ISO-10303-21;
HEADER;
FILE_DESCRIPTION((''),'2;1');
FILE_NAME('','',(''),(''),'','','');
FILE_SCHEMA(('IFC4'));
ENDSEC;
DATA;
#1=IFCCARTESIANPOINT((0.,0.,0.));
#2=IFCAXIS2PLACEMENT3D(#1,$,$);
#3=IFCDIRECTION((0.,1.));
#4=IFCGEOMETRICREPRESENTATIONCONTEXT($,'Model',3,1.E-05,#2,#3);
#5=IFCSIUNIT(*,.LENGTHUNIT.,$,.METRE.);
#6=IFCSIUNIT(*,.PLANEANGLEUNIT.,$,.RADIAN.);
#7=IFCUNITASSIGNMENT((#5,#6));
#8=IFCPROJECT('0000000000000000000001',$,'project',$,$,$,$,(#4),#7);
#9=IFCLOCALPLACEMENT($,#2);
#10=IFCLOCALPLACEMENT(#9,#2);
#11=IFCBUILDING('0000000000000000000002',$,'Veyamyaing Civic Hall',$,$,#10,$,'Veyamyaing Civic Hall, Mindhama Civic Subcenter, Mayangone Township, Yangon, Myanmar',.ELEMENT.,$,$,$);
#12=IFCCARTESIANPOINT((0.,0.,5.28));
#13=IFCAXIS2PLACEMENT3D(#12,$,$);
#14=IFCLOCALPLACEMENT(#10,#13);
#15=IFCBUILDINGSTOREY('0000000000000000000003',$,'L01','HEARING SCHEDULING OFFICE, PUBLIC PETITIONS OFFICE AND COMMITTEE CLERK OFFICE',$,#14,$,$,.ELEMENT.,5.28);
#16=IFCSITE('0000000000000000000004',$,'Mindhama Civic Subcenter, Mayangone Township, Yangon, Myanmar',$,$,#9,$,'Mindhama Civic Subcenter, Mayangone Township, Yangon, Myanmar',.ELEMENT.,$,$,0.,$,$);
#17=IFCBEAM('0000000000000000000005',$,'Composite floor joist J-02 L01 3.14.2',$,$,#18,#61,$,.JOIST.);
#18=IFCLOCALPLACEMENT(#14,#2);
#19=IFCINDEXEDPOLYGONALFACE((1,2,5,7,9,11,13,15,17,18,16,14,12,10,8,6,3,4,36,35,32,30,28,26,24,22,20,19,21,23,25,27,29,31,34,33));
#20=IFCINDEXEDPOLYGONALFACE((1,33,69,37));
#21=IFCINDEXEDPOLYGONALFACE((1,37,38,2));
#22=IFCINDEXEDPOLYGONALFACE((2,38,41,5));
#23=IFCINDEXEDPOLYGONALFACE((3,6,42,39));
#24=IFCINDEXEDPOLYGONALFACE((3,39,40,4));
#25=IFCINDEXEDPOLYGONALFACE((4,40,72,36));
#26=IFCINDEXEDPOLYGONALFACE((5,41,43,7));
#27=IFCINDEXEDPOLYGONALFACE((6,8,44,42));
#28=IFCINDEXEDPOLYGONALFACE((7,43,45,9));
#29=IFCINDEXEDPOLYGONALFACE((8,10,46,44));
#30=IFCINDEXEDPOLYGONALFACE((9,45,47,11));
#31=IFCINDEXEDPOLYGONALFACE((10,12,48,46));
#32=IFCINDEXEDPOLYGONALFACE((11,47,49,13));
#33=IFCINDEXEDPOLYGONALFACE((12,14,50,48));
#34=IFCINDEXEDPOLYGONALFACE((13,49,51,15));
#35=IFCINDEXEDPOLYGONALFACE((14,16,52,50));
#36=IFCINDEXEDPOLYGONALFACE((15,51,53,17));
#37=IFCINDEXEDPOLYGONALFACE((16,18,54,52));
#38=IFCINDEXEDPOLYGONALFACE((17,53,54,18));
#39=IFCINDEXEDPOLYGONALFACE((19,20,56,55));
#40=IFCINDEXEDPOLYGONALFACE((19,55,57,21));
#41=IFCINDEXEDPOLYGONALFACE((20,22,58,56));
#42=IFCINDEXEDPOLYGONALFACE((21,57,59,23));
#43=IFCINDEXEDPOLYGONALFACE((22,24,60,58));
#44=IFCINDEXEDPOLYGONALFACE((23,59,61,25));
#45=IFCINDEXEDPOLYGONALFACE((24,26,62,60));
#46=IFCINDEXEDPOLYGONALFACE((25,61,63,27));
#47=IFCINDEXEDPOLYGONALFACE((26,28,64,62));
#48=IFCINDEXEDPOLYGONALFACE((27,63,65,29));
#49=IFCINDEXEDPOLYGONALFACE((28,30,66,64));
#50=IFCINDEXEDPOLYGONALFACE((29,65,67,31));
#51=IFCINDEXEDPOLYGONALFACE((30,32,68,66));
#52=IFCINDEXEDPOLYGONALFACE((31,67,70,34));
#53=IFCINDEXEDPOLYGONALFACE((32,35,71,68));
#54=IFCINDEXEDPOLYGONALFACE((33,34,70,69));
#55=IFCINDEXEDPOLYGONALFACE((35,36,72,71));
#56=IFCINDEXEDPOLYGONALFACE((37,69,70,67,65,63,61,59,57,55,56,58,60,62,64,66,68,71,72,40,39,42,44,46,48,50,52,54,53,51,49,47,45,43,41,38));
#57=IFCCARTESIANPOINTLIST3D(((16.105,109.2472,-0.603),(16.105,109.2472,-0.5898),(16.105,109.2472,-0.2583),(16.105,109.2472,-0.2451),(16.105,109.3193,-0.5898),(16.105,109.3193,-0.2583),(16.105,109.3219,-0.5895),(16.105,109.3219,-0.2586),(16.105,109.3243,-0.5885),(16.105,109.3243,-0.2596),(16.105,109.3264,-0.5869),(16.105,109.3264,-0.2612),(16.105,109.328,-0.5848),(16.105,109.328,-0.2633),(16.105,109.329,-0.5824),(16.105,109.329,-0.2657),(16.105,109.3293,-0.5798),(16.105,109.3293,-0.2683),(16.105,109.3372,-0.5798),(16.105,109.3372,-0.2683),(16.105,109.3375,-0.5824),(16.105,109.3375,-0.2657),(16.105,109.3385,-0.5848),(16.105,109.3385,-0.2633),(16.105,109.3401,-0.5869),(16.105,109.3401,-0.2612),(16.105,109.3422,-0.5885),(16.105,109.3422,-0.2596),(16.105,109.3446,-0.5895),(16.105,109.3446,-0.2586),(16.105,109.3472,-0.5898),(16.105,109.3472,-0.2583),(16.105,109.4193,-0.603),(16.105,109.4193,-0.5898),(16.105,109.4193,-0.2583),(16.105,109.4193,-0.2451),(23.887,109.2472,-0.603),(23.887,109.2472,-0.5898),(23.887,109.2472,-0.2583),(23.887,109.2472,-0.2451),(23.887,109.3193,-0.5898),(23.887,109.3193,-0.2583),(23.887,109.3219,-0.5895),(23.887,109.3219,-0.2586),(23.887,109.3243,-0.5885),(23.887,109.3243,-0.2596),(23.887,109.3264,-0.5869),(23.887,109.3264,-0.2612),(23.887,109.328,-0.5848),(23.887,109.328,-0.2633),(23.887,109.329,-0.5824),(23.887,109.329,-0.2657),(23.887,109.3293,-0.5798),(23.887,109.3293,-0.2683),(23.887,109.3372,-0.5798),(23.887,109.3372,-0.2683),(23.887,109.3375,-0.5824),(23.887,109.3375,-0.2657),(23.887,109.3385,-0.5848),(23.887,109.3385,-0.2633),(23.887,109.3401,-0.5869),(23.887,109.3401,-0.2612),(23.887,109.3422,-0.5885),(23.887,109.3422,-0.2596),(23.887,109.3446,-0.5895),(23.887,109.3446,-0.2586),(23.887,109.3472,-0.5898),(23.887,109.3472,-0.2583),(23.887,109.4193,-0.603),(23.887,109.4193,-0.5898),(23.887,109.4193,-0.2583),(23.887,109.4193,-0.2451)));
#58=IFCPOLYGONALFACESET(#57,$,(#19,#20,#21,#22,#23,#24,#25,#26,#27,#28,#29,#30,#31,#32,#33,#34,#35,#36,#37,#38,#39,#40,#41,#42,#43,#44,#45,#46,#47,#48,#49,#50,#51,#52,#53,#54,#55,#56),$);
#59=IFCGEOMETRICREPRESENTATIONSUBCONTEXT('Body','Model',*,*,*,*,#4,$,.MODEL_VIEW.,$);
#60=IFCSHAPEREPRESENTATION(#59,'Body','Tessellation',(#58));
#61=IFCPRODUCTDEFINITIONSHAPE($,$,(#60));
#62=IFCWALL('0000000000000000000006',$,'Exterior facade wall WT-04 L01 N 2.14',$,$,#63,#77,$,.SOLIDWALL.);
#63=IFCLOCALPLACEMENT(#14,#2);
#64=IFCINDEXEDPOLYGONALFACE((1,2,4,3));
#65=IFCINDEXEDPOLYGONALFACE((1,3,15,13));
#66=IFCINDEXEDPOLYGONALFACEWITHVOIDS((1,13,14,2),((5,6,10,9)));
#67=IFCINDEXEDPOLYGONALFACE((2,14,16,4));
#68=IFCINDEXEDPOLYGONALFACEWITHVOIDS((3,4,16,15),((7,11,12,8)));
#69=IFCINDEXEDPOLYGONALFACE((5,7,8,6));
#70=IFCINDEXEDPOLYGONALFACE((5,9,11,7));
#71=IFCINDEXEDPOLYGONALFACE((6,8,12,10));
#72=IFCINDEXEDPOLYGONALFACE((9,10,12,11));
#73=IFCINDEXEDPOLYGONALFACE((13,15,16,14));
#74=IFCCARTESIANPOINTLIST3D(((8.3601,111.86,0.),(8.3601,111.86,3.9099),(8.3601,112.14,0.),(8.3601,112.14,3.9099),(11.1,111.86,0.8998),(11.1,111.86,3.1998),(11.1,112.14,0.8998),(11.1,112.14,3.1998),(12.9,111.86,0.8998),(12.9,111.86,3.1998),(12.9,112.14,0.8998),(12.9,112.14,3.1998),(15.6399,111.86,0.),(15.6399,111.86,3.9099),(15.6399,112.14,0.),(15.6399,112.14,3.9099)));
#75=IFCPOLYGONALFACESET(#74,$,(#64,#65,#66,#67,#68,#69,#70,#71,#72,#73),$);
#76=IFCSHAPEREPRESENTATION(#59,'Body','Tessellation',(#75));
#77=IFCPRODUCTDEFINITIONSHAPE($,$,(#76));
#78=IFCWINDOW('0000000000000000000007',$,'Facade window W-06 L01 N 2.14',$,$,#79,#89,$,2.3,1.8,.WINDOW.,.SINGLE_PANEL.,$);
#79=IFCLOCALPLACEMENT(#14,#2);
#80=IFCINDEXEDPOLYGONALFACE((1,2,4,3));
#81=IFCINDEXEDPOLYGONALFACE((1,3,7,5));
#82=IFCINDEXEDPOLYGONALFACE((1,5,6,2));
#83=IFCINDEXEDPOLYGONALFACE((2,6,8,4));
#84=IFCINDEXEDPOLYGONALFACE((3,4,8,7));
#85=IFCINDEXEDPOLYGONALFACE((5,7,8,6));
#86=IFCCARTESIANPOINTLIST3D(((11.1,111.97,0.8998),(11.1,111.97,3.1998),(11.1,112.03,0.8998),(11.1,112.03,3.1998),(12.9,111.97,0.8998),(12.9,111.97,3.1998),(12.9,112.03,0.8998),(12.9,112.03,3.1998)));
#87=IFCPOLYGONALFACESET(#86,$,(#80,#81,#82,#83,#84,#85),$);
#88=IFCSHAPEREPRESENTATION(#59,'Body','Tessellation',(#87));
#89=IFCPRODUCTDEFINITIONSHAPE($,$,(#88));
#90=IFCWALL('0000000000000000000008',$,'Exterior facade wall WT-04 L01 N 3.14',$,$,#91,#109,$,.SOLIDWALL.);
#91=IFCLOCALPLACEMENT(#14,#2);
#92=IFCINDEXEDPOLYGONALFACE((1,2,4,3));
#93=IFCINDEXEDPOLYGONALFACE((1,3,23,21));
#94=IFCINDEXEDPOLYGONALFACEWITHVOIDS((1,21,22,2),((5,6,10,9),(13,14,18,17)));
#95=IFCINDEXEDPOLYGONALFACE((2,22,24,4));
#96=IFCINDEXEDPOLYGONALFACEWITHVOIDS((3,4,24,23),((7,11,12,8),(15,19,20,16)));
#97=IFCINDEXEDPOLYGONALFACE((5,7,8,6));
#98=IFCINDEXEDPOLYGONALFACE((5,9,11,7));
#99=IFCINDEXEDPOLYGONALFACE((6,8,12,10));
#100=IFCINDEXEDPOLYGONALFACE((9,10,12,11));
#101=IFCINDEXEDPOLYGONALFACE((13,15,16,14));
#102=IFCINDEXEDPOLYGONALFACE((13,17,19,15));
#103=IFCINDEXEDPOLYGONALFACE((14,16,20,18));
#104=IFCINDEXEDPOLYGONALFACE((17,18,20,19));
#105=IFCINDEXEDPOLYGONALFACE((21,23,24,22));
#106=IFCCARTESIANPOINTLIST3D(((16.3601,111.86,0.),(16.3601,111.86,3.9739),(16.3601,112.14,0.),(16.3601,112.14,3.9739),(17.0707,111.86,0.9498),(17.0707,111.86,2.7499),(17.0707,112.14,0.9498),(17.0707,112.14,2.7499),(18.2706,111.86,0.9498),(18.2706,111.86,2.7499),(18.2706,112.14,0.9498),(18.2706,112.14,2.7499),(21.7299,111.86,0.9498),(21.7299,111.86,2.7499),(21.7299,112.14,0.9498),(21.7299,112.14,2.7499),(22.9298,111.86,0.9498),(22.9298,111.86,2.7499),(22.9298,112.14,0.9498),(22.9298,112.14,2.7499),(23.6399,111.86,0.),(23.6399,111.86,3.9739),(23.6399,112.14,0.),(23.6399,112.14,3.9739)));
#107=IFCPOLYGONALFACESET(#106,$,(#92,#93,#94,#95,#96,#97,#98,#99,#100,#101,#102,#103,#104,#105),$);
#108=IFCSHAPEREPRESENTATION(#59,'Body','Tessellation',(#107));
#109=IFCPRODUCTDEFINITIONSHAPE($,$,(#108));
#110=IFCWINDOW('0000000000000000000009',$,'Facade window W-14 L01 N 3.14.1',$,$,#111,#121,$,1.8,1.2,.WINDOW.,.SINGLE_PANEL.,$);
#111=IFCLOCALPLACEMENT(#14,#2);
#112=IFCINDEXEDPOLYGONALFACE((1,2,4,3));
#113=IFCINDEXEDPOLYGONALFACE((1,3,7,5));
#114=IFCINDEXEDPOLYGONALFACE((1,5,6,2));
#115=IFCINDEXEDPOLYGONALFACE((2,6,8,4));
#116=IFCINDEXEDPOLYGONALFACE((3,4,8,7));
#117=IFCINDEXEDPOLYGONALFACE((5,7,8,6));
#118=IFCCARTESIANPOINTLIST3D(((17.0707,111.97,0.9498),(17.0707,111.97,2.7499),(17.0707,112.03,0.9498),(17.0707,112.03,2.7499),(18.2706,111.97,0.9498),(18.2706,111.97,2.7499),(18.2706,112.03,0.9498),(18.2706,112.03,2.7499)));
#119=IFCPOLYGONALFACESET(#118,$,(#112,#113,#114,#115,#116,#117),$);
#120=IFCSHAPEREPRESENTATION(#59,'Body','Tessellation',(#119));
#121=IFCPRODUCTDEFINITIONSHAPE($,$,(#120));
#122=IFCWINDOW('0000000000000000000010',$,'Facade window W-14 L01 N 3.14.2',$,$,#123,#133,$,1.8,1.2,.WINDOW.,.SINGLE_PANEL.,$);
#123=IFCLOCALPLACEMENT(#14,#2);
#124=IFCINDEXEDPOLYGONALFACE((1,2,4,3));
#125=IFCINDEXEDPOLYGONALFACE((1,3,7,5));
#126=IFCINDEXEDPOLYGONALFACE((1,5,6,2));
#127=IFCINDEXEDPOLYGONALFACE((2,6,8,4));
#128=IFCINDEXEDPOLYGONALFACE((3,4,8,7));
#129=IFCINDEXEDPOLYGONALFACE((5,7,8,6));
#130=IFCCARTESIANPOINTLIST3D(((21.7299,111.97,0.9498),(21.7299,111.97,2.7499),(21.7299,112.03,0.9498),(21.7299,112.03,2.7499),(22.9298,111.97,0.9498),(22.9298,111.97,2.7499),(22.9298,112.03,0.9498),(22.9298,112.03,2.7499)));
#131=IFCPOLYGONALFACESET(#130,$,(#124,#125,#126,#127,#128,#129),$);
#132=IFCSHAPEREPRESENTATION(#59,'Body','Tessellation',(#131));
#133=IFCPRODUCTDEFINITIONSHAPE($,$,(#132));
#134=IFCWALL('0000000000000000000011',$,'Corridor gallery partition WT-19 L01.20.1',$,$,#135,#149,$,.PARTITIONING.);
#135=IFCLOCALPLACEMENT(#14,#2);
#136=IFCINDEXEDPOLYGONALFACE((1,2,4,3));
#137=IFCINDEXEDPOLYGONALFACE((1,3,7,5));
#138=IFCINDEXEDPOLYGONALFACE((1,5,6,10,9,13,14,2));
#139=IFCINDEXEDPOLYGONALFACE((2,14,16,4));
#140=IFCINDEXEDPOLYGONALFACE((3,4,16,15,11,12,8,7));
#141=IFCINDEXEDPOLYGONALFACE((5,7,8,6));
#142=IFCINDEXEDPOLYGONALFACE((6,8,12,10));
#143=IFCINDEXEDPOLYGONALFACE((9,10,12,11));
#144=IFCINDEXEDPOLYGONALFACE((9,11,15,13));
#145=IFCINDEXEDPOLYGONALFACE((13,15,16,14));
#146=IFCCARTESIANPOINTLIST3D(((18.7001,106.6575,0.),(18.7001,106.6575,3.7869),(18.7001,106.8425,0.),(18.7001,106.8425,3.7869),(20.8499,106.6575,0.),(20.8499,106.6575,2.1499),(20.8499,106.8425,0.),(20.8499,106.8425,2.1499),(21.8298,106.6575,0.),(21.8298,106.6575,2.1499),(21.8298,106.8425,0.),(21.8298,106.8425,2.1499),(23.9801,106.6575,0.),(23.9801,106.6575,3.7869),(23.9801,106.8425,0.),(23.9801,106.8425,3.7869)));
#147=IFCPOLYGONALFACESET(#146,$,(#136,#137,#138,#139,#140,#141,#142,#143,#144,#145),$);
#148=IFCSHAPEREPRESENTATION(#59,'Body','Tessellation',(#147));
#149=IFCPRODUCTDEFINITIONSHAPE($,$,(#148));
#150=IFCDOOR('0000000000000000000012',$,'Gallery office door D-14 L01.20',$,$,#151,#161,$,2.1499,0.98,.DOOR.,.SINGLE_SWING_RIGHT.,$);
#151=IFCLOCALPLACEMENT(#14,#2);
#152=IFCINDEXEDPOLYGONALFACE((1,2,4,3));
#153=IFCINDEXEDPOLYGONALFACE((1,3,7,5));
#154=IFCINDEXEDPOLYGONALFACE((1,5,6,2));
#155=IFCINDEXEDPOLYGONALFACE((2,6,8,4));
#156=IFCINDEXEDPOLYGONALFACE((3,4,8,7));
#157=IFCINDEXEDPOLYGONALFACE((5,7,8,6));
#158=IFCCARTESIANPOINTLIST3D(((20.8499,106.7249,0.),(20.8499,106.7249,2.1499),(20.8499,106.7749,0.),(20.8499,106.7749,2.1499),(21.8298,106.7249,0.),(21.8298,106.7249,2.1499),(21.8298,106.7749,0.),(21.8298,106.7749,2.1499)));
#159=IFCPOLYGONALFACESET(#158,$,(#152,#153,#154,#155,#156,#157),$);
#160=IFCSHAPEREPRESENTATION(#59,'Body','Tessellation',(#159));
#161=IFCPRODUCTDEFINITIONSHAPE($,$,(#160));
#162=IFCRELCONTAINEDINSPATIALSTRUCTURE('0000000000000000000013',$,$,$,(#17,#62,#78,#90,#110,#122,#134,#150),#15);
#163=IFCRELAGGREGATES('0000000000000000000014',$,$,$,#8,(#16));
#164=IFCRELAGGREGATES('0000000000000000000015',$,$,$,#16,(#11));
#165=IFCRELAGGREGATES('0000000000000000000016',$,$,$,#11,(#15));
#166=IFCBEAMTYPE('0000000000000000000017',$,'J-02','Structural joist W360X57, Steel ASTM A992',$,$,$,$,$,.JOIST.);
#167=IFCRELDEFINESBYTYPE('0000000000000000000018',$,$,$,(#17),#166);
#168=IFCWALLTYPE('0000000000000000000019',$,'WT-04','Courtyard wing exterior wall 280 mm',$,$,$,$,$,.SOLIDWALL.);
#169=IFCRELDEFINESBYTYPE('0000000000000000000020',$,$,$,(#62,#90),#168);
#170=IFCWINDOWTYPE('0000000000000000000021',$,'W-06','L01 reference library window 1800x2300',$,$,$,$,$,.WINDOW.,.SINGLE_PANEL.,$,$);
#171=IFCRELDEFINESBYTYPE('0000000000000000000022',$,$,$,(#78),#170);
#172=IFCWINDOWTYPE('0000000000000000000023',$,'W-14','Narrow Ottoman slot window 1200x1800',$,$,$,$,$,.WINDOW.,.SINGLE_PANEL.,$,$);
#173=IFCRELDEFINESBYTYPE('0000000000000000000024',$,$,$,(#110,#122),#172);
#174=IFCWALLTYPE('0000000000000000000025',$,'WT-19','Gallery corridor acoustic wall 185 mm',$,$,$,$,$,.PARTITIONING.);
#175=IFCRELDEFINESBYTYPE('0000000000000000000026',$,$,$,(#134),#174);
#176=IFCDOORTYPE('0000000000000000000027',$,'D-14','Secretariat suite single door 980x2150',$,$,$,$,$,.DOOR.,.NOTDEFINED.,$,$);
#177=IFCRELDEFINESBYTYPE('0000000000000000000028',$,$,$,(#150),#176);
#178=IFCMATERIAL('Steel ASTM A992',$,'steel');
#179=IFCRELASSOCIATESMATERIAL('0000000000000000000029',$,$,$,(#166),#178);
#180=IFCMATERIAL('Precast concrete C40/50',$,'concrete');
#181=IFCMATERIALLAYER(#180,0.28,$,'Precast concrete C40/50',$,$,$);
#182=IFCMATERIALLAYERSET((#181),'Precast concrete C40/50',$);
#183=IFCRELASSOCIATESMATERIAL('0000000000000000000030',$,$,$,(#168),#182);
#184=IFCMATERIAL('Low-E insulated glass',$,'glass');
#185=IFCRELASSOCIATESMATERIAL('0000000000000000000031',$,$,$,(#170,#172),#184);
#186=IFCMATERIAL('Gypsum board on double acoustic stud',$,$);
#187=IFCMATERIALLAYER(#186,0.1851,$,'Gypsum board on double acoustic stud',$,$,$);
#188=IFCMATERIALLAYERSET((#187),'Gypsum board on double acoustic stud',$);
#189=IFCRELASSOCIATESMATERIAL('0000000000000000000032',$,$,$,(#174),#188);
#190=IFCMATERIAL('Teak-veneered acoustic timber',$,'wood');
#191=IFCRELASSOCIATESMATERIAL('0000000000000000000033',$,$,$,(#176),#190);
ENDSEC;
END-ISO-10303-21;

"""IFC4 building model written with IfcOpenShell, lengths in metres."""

from ifc_helpers import new_model, si_unit, direction, frame, frame_2d, origin, origin_2d, place, context, subcontext, project, spatial, rectangle, i_section, extrude, material, layer, layer_set, material_profile, profile_set, type_object, element, fill, save


model = new_model("IFC4")

# Units and contexts
model_context = context("Model", 3, precision=1e-05, world=origin(), true_north=direction((0.0, 1.0)))
body_context = subcontext(model_context, "Body", "Model", "MODEL_VIEW")
ifc_project = project(units=[si_unit("LENGTHUNIT", "METRE"), si_unit("PLANEANGLEUNIT", "RADIAN")], contexts=[model_context])

# Site, building, storey
site_placement = place(None, origin())
site = spatial("IfcSite", under=ifc_project, at=site_placement, Name="Mindhama Civic Subcenter, Mayangone Township, Yangon, Myanmar", LongName="Mindhama Civic Subcenter, Mayangone Township, Yangon, Myanmar", CompositionType="ELEMENT", RefElevation=0.0)
building_placement = place(site_placement, origin())
building = spatial("IfcBuilding", under=site, at=building_placement, Name="Veyamyaing Civic Hall", LongName="Veyamyaing Civic Hall, Mindhama Civic Subcenter, Mayangone Township, Yangon, Myanmar", CompositionType="ELEMENT")
storey_placement = place(building_placement, frame((0.0, 0.0, 5.28)))
storey = spatial("IfcBuildingStorey", under=building, at=storey_placement, Name="L01", Description="HEARING SCHEDULING OFFICE, PUBLIC PETITIONS OFFICE AND COMMITTEE CLERK OFFICE", CompositionType="ELEMENT", Elevation=5.28)

# Beam
ifc_material_1 = material(Name="Steel ASTM A992", Category="steel")
ifc_material_profile_1 = material_profile(ifc_material_1, i_section(OverallWidth=0.1721, OverallDepth=0.3579, WebThickness=0.0078, FlangeThickness=0.0132, FilletRadius=0.01, at=origin_2d()), Name="W360X57")
ifc_profile_set_1 = profile_set([ifc_material_profile_1], Name="Steel ASTM A992")
beam_type_1 = type_object("IfcBeamType", Name="J-02", Description="Structural joist W360X57, Steel ASTM A992", PredefinedType="JOIST", material=ifc_profile_set_1)
beam_1_placement = place(storey_placement, frame((16.105, 109.3333, -0.4241), z_axis=(1.0, 0.0, 0.0), x_axis=(0.0, 1.0, 0.0)))
element("IfcBeam", 1, at=beam_1_placement, inside=storey, type_object=beam_type_1, Name="Composite floor joist J-02 L01 3.14.2", PredefinedType="JOIST", context=body_context, shape_type="SweptSolid", body=[
    extrude(i_section(OverallWidth=0.1721, OverallDepth=0.3579, WebThickness=0.0078, FlangeThickness=0.0132, FilletRadius=0.01, at=origin_2d()), origin(), (0.0, 0.0, 1.0), 7.782),
])

# Wall, opening, window
ifc_material_2 = material(Name="Precast concrete C40/50", Category="concrete")
ifc_layer_1 = layer(ifc_material_2, 0.28, Name="Precast concrete C40/50")
ifc_layer_set_1 = layer_set([ifc_layer_1], Name="Precast concrete C40/50")
wall_type_1 = type_object("IfcWallType", Name="WT-04", Description="Courtyard wing exterior wall 280 mm", PredefinedType="SOLIDWALL", material=ifc_layer_set_1)
wall_1_placement = place(storey_placement, frame((8.3601, 112.0, 0.0), z_axis=(0.0, 0.0, 1.0), x_axis=(1.0, 0.0, 0.0)))
wall_1 = element("IfcWall", 2, at=wall_1_placement, inside=storey, type_object=wall_type_1, Name="Exterior facade wall WT-04 L01 N 2.14", PredefinedType="SOLIDWALL", context=body_context, shape_type="SweptSolid", body=[
    extrude(rectangle(XDim=7.2798, YDim=0.28, at=frame_2d((3.6399, 0.0))), origin(), (0.0, 0.0, 1.0), 3.9099),
])
opening_1_placement = place(wall_1_placement, frame((2.74, 0.0, 0.8999)))
opening_1 = element("IfcOpeningElement", 3, at=opening_1_placement, cuts=wall_1, PredefinedType="OPENING", context=body_context, shape_type="SweptSolid", body=[
    extrude(rectangle(XDim=1.8, YDim=2.3, at=frame_2d((0.8999, 1.1499))), frame((0.0, 0.1499, 0.0), z_axis=(0.0, -1.0, 0.0), x_axis=(1.0, 0.0, 0.0)), (0.0, 0.0, 1.0), 0.3),
])
ifc_material_3 = material(Name="Low-E insulated glass", Category="glass")
window_type_1 = type_object("IfcWindowType", Name="W-06", Description="L01 reference library window 1800x2300", PartitioningType="SINGLE_PANEL", PredefinedType="WINDOW", material=ifc_material_3)
window_1_placement = place(opening_1_placement, origin())
window_1 = element("IfcWindow", 4, at=window_1_placement, inside=storey, type_object=window_type_1, Name="Facade window W-06 L01 N 2.14", OverallHeight=2.3, OverallWidth=1.8, PartitioningType="SINGLE_PANEL", PredefinedType="WINDOW", context=body_context, shape_type="SweptSolid", body=[
    extrude(rectangle(XDim=1.8, YDim=2.3, at=frame_2d((0.8999, 1.1499))), frame((0.0, 0.03, 0.0), z_axis=(0.0, -1.0, 0.0), x_axis=(1.0, 0.0, 0.0)), (0.0, 0.0, 1.0), 0.0601),
])
fill(opening_1, window_1)

# Wall, openings, windows
wall_2_placement = place(storey_placement, frame((16.3601, 112.0, 0.0), z_axis=(0.0, 0.0, 1.0), x_axis=(1.0, 0.0, 0.0)))
wall_2 = element("IfcWall", 5, at=wall_2_placement, inside=storey, type_object=wall_type_1, Name="Exterior facade wall WT-04 L01 N 3.14", PredefinedType="SOLIDWALL", context=body_context, shape_type="SweptSolid", body=[
    extrude(rectangle(XDim=7.2798, YDim=0.28, at=frame_2d((3.6399, 0.0))), origin(), (0.0, 0.0, 1.0), 3.9739),
])
opening_2_placement = place(wall_2_placement, frame((0.7104, 0.0, 0.95)))
opening_2 = element("IfcOpeningElement", 6, at=opening_2_placement, cuts=wall_2, PredefinedType="OPENING", context=body_context, shape_type="SweptSolid", body=[
    extrude(rectangle(XDim=1.2, YDim=1.8, at=frame_2d((0.6001, 0.8999))), frame((0.0, 0.1499, 0.0), z_axis=(0.0, -1.0, 0.0), x_axis=(1.0, 0.0, 0.0)), (0.0, 0.0, 1.0), 0.3),
])
opening_3_placement = place(wall_2_placement, frame((5.3696, 0.0, 0.95)))
opening_3 = element("IfcOpeningElement", 7, at=opening_3_placement, cuts=wall_2, PredefinedType="OPENING", context=body_context, shape_type="SweptSolid", body=[
    extrude(rectangle(XDim=1.2, YDim=1.8, at=frame_2d((0.6001, 0.8999))), frame((0.0, 0.1499, 0.0), z_axis=(0.0, -1.0, 0.0), x_axis=(1.0, 0.0, 0.0)), (0.0, 0.0, 1.0), 0.3),
])
window_type_2 = type_object("IfcWindowType", Name="W-14", Description="Narrow Ottoman slot window 1200x1800", PartitioningType="SINGLE_PANEL", PredefinedType="WINDOW", material=ifc_material_3)
window_2_placement = place(opening_2_placement, origin())
window_2 = element("IfcWindow", 8, at=window_2_placement, inside=storey, type_object=window_type_2, Name="Facade window W-14 L01 N 3.14.1", OverallHeight=1.8, OverallWidth=1.2, PartitioningType="SINGLE_PANEL", PredefinedType="WINDOW", context=body_context, shape_type="SweptSolid", body=[
    extrude(rectangle(XDim=1.2, YDim=1.8, at=frame_2d((0.6001, 0.8999))), frame((0.0, 0.03, 0.0), z_axis=(0.0, -1.0, 0.0), x_axis=(1.0, 0.0, 0.0)), (0.0, 0.0, 1.0), 0.0601),
])
fill(opening_2, window_2)
window_3_placement = place(opening_3_placement, origin())
window_3 = element("IfcWindow", 9, at=window_3_placement, inside=storey, type_object=window_type_2, Name="Facade window W-14 L01 N 3.14.2", OverallHeight=1.8, OverallWidth=1.2, PartitioningType="SINGLE_PANEL", PredefinedType="WINDOW", context=body_context, shape_type="SweptSolid", body=[
    extrude(rectangle(XDim=1.2, YDim=1.8, at=frame_2d((0.6001, 0.8999))), frame((0.0, 0.03, 0.0), z_axis=(0.0, -1.0, 0.0), x_axis=(1.0, 0.0, 0.0)), (0.0, 0.0, 1.0), 0.0601),
])
fill(opening_3, window_3)

# Wall, opening, door
ifc_material_4 = material(Name="Gypsum board on double acoustic stud")
ifc_layer_2 = layer(ifc_material_4, 0.1851, Name="Gypsum board on double acoustic stud")
ifc_layer_set_2 = layer_set([ifc_layer_2], Name="Gypsum board on double acoustic stud")
wall_type_2 = type_object("IfcWallType", Name="WT-19", Description="Gallery corridor acoustic wall 185 mm", PredefinedType="PARTITIONING", material=ifc_layer_set_2)
wall_3_placement = place(storey_placement, frame((18.7, 106.75, 0.0), z_axis=(0.0, 0.0, 1.0), x_axis=(1.0, 0.0, 0.0)))
wall_3 = element("IfcWall", 10, at=wall_3_placement, inside=storey, type_object=wall_type_2, Name="Corridor gallery partition WT-19 L01.20.1", PredefinedType="PARTITIONING", context=body_context, shape_type="SweptSolid", body=[
    extrude(rectangle(XDim=5.28, YDim=0.1851, at=frame_2d((2.6401, 0.0))), origin(), (0.0, 0.0, 1.0), 3.7869),
])
opening_4_placement = place(wall_3_placement, frame((2.1499, 0.0, 0.0)))
opening_4 = element("IfcOpeningElement", 11, at=opening_4_placement, cuts=wall_3, PredefinedType="OPENING", context=body_context, shape_type="SweptSolid", body=[
    extrude(rectangle(XDim=0.98, YDim=2.1499, at=frame_2d((0.49, 1.075))), frame((0.0, 0.1025, 0.0), z_axis=(0.0, -1.0, 0.0), x_axis=(1.0, 0.0, 0.0)), (0.0, 0.0, 1.0), 0.2051),
])
ifc_material_5 = material(Name="Teak-veneered acoustic timber", Category="wood")
door_type = type_object("IfcDoorType", Name="D-14", Description="Secretariat suite single door 980x2150", OperationType="NOTDEFINED", PredefinedType="DOOR", material=ifc_material_5)
door_placement = place(opening_4_placement, origin())
door = element("IfcDoor", 12, at=door_placement, inside=storey, type_object=door_type, Name="Gallery office door D-14 L01.20", OperationType="SINGLE_SWING_RIGHT", OverallHeight=2.1499, OverallWidth=0.98, PredefinedType="DOOR", context=body_context, shape_type="SweptSolid", body=[
    extrude(rectangle(XDim=0.98, YDim=2.1499, at=frame_2d((0.49, 1.075))), frame((0.0, 0.0249, 0.0), z_axis=(0.0, -1.0, 0.0), x_axis=(1.0, 0.0, 0.0)), (0.0, 0.0, 1.0), 0.05),
])
fill(opening_4, door)

save(model, "model.ifc")
